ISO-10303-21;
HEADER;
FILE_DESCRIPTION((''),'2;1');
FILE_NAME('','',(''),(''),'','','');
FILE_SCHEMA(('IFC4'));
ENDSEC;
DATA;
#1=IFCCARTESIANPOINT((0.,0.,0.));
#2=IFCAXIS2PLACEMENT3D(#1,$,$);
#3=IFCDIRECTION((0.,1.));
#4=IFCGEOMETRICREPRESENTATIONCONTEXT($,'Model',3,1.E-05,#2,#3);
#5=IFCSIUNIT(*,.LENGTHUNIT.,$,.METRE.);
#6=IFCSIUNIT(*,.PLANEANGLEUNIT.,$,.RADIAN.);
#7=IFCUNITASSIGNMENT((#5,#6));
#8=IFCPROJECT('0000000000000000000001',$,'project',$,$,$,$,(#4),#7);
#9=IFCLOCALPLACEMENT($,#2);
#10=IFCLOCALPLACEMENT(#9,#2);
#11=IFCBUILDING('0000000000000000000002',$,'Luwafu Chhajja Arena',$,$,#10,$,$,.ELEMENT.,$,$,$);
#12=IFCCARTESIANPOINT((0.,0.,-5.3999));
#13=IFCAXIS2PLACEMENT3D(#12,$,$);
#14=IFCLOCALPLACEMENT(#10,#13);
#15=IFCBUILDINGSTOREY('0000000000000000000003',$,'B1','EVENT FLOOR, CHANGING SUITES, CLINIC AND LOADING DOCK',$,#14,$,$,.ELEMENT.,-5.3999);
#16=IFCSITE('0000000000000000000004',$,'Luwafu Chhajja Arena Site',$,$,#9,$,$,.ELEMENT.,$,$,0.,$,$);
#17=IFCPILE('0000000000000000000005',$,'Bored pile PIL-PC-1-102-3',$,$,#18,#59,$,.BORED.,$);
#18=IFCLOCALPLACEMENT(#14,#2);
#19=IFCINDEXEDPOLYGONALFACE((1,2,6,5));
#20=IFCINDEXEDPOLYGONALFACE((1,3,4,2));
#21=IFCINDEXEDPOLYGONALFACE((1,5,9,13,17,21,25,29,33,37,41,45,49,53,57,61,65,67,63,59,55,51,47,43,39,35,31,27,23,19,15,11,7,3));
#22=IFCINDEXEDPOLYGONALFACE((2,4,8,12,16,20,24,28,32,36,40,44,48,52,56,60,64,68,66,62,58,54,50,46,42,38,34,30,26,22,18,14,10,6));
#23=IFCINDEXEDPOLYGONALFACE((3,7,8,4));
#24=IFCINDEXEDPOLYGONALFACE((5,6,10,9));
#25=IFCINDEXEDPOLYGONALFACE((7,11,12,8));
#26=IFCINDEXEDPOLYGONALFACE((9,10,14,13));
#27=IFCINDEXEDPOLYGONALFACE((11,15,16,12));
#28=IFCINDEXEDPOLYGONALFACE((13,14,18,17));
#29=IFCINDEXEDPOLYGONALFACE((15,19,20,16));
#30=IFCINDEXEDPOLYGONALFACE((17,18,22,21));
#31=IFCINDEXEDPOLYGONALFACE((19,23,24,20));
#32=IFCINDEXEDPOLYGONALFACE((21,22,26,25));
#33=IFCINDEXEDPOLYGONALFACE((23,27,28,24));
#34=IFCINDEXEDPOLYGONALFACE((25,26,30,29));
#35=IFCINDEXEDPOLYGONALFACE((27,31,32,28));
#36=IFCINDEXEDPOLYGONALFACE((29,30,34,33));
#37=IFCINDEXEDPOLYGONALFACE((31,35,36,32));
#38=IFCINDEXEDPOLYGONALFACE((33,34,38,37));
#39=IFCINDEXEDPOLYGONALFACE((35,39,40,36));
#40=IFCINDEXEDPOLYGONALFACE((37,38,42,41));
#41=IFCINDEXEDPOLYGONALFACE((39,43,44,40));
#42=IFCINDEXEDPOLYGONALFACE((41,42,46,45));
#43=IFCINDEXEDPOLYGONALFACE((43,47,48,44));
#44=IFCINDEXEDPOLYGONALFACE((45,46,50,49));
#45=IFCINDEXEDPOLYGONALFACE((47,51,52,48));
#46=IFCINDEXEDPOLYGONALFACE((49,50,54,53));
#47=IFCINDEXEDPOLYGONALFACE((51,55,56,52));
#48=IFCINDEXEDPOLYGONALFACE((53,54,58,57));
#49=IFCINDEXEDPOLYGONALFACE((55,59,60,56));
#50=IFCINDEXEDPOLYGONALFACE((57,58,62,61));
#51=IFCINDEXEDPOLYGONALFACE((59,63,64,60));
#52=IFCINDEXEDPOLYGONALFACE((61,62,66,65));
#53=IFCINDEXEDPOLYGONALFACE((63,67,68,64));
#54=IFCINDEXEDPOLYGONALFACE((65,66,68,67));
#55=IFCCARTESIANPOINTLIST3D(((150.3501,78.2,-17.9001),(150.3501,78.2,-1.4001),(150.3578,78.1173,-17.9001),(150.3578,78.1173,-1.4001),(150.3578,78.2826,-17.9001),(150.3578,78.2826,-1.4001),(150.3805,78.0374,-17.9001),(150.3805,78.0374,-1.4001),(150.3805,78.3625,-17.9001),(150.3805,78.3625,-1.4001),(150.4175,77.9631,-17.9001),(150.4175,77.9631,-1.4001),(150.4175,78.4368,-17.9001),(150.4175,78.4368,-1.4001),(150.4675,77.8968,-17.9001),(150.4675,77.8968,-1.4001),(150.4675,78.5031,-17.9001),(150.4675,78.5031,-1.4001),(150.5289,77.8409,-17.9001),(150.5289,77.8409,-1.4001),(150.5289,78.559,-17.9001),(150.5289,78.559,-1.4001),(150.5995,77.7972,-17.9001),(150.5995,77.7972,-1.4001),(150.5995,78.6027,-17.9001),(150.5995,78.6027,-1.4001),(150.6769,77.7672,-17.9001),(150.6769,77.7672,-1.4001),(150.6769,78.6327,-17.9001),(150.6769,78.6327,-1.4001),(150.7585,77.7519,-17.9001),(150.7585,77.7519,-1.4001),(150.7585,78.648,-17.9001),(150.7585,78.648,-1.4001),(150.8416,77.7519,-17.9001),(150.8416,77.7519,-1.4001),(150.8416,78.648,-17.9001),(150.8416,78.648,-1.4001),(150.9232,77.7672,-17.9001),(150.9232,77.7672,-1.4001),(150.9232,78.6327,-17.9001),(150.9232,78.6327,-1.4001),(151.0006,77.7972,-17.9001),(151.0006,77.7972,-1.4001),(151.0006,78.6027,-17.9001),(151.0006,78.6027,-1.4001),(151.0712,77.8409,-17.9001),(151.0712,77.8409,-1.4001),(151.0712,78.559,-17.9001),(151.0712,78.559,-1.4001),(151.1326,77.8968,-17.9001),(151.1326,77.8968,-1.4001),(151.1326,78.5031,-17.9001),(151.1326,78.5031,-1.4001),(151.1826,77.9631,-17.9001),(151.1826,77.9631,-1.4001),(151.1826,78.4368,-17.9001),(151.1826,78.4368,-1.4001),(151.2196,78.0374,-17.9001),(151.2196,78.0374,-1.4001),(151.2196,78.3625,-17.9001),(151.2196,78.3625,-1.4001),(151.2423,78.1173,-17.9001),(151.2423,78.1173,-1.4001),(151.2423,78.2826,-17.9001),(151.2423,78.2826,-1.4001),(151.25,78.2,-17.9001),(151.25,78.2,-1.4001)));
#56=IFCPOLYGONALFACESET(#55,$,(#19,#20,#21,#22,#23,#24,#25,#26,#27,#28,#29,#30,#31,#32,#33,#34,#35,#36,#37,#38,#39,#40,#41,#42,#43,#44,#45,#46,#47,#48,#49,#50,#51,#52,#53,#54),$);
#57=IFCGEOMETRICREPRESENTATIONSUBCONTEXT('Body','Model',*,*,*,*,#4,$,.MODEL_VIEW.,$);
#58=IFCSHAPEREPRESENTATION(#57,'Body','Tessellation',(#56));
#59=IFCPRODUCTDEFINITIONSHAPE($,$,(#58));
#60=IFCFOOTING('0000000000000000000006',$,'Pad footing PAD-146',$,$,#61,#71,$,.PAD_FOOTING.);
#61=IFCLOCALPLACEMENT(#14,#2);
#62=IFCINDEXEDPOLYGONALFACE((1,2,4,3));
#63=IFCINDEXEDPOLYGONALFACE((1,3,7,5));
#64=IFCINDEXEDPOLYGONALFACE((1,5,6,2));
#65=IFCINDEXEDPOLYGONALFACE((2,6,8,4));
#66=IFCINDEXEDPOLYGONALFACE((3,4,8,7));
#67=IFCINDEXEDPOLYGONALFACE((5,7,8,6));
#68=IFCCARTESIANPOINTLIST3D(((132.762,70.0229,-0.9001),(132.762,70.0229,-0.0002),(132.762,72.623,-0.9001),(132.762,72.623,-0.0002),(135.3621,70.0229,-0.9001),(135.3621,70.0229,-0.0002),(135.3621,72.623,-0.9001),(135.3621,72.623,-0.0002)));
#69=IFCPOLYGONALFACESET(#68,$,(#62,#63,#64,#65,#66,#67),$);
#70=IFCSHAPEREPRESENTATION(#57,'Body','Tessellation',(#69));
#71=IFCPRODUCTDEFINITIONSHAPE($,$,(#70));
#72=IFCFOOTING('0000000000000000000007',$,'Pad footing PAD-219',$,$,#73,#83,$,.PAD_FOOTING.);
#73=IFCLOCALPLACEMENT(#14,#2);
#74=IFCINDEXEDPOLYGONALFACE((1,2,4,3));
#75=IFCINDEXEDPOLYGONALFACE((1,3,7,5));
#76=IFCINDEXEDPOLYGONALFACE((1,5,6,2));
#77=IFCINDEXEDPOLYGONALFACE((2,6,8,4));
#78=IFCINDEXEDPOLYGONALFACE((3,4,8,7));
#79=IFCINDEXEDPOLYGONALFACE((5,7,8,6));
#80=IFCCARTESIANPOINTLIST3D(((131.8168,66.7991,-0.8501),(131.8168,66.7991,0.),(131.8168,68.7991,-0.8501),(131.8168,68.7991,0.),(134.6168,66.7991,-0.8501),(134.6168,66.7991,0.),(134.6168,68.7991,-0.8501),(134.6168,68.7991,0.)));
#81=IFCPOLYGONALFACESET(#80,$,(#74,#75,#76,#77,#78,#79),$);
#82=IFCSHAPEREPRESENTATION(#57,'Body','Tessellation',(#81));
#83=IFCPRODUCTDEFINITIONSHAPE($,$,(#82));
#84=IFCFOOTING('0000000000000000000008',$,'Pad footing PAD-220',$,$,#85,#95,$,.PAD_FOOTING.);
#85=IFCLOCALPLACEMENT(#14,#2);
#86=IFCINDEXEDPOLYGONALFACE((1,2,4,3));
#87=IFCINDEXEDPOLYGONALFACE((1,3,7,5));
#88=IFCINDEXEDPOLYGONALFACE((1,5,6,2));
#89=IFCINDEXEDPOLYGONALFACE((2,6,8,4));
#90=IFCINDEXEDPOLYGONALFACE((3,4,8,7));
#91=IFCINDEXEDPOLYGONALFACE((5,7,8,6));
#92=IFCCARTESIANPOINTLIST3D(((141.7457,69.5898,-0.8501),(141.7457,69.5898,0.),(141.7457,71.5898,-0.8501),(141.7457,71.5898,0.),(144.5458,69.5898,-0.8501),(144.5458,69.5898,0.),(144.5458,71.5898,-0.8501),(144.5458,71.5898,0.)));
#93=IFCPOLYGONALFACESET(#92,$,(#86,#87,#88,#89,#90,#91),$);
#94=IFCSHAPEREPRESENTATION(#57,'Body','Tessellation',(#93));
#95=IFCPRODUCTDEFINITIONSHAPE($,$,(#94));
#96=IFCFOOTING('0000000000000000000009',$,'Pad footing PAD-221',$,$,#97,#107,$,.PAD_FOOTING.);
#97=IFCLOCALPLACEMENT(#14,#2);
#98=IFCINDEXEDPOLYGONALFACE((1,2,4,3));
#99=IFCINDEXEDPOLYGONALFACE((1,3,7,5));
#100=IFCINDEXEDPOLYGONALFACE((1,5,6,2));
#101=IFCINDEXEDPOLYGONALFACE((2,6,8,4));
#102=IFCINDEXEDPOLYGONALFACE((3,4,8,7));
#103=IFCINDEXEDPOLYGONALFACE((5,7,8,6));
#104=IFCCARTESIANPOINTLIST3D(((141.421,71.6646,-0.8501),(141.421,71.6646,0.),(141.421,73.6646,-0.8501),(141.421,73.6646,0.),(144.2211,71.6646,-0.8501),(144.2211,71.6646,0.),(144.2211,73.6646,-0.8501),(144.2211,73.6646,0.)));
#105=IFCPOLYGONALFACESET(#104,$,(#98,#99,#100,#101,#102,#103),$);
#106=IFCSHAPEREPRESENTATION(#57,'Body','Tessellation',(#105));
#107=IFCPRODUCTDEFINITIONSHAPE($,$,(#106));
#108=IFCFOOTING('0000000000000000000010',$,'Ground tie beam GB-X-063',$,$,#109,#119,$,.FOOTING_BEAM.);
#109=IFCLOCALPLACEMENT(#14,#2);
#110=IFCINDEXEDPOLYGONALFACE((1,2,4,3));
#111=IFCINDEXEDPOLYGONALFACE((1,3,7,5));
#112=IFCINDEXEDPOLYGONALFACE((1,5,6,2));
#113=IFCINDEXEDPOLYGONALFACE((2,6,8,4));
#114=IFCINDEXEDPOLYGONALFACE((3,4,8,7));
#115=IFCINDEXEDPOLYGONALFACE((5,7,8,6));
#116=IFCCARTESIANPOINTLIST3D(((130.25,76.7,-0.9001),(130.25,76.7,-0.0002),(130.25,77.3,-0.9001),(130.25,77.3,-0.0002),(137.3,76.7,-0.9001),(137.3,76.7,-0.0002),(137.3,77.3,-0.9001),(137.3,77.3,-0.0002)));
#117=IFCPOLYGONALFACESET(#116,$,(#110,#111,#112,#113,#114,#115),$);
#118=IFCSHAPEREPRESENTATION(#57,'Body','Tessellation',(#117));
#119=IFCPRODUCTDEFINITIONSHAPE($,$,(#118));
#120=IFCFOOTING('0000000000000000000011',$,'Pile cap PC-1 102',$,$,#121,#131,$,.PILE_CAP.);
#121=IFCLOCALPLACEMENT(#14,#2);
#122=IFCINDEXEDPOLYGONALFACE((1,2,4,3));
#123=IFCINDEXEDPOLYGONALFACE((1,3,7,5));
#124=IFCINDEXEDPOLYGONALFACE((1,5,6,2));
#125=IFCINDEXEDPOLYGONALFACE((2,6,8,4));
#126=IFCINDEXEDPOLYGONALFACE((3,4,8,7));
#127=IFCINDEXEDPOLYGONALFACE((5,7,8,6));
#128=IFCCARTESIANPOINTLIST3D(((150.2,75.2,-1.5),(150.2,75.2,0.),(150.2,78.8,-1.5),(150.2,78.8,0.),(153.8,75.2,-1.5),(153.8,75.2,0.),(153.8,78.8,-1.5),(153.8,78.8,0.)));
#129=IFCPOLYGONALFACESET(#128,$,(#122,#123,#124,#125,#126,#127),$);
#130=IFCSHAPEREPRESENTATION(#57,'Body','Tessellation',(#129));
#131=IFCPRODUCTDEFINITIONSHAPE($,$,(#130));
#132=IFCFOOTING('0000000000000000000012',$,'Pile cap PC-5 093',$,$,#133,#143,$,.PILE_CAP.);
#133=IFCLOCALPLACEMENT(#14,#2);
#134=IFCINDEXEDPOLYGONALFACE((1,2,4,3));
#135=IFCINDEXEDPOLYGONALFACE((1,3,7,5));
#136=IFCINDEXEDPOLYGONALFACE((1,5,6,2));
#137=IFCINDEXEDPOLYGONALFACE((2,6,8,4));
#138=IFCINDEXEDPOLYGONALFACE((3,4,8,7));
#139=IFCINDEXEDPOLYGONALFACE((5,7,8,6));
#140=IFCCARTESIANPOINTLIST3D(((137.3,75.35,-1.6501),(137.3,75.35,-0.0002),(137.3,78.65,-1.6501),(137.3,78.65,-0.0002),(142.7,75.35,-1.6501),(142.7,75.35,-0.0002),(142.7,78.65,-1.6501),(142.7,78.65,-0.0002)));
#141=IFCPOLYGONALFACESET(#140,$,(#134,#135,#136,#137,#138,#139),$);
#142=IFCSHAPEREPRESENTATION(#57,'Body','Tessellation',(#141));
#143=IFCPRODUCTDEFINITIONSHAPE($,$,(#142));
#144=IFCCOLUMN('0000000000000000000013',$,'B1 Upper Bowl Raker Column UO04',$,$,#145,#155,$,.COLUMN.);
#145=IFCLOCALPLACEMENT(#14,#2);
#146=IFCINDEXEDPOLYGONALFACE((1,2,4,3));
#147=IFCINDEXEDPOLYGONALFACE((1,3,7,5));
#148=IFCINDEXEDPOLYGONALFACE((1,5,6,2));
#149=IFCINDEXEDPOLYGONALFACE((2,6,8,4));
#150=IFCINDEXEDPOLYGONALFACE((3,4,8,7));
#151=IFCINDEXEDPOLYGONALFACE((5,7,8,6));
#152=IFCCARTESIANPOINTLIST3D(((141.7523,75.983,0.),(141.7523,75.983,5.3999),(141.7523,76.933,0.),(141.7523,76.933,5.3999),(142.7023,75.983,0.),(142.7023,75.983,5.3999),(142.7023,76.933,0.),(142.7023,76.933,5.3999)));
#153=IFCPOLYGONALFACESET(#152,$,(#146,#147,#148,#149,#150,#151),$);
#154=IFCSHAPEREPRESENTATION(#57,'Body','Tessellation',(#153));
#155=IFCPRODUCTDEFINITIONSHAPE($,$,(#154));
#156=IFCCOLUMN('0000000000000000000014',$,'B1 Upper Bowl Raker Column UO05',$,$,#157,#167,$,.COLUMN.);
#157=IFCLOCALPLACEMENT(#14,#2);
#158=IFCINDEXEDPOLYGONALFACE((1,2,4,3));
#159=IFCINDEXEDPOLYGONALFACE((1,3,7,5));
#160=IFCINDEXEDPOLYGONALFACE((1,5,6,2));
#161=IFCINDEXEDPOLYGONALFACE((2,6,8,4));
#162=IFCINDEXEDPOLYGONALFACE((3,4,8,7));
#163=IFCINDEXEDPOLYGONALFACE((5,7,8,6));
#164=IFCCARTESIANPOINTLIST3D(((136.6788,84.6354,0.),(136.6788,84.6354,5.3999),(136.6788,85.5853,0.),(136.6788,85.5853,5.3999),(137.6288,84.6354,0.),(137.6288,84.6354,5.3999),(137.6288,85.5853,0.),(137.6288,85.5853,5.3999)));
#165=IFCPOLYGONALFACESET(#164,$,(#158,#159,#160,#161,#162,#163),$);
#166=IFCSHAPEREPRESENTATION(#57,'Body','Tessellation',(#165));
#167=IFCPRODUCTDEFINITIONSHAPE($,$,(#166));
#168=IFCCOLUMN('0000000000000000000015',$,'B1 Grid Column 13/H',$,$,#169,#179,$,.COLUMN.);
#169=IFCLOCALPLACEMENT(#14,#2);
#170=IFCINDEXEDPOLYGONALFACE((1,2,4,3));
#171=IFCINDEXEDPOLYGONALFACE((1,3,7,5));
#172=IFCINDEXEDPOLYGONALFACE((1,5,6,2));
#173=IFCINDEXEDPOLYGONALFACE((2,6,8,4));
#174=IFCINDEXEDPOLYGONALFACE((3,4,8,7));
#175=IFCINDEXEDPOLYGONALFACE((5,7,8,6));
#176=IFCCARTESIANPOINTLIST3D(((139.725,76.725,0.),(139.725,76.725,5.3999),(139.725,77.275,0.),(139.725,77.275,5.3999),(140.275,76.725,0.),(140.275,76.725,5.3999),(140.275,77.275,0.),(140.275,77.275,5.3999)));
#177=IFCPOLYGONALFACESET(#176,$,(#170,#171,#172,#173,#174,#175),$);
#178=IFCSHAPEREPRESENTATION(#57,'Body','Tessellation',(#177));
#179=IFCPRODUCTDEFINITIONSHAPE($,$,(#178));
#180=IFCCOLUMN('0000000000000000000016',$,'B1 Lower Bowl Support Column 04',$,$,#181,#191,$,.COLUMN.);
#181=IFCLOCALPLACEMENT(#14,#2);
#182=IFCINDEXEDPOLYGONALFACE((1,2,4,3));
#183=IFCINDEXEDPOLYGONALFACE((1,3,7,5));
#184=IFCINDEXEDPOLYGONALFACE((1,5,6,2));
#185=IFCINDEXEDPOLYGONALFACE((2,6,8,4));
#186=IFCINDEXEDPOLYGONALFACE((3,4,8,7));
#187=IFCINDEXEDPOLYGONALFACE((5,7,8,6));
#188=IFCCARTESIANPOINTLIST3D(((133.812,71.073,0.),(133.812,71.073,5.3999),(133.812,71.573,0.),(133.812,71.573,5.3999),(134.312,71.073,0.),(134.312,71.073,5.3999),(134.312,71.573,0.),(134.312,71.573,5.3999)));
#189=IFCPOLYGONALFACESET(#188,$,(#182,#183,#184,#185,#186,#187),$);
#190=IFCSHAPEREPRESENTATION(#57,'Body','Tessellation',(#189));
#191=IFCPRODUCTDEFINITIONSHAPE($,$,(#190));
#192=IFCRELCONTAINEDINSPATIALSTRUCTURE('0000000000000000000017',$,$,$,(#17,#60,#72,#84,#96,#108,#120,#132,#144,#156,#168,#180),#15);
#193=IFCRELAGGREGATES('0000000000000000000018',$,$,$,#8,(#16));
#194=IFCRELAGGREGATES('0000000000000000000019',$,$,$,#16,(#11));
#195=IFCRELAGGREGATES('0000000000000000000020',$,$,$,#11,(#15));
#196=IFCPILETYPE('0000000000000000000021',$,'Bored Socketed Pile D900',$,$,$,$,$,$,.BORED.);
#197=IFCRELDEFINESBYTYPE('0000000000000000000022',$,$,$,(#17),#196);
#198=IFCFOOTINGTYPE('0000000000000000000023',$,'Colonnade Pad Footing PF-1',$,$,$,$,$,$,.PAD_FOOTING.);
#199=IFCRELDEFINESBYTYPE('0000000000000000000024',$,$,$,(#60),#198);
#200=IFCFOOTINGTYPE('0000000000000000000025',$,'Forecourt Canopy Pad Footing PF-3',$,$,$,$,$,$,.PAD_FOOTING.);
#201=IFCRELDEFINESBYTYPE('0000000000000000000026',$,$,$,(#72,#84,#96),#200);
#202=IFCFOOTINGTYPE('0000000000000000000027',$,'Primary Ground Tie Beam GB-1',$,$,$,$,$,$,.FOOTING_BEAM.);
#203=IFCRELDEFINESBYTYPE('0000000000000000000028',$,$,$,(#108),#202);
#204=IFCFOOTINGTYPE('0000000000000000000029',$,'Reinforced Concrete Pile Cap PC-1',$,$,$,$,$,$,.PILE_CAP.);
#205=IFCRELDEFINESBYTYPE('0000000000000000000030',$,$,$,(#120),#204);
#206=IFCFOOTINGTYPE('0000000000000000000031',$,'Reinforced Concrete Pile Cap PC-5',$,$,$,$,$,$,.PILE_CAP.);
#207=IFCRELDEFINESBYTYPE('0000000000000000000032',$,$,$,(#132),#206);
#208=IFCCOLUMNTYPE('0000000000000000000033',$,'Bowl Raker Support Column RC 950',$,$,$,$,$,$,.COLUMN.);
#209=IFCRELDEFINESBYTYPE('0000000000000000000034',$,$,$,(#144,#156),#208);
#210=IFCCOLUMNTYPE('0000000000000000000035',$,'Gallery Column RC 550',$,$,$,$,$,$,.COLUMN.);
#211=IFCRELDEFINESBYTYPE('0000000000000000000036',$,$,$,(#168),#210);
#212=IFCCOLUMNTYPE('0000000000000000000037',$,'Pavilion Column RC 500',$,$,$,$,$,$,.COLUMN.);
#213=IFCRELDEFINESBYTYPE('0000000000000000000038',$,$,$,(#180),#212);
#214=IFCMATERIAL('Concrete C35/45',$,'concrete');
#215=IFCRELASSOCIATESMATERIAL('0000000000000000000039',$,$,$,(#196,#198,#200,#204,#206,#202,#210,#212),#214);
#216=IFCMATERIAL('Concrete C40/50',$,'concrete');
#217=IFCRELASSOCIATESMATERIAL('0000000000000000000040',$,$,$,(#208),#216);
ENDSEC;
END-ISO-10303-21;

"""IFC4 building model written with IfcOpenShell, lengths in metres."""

from ifc_helpers import new_model, si_unit, direction, frame, origin, origin_2d, place, context, subcontext, project, spatial, rectangle, circle, extrude, material, material_profile, profile_set, type_object, element, save


model = new_model("IFC4")

# Units and contexts
model_context = context("Model", 3, precision=1e-05, world=origin(), true_north=direction((0.0, 1.0)))
body_context = subcontext(model_context, "Body", "Model", "MODEL_VIEW")
ifc_project = project(units=[si_unit("LENGTHUNIT", "METRE"), si_unit("PLANEANGLEUNIT", "RADIAN")], contexts=[model_context])

# Site, building, storey
site_placement = place(None, origin())
site = spatial("IfcSite", under=ifc_project, at=site_placement, Name="Luwafu Chhajja Arena Site", CompositionType="ELEMENT", RefElevation=0.0)
building_placement = place(site_placement, origin())
building = spatial("IfcBuilding", under=site, at=building_placement, Name="Luwafu Chhajja Arena", CompositionType="ELEMENT")
storey_placement = place(building_placement, frame((0.0, 0.0, -5.3999)))
storey = spatial("IfcBuildingStorey", under=building, at=storey_placement, Name="B1", Description="EVENT FLOOR, CHANGING SUITES, CLINIC AND LOADING DOCK", CompositionType="ELEMENT", Elevation=-5.3999)

# Pile
ifc_material_1 = material(Name="Concrete C35/45", Category="concrete")
ifc_material_profile_1 = material_profile(ifc_material_1, circle(Radius=0.45, at=origin_2d()), Name="PILE D900")
ifc_profile_set_1 = profile_set([ifc_material_profile_1], Name="Concrete C35/45")
pile_type_1 = type_object("IfcPileType", Name="Bored Socketed Pile D900", PredefinedType="BORED", material=ifc_profile_set_1)
for number, where, z_axis, x_axis, name in (
    (1, (150.8, 78.2, -1.4001), (0.0, 0.0, -1.0), (1.0, 0.0, 0.0), "Bored pile PIL-PC-1-102-3"),
):
    element("IfcPile", number, at=place(storey_placement, frame(where, z_axis=z_axis, x_axis=x_axis)), inside=storey, type_object=pile_type_1, Name=name, PredefinedType="BORED", context=body_context, shape_type="SweptSolid", body=[
        extrude(circle(Radius=0.45, at=origin_2d()), origin(), (0.0, 0.0, 1.0), 16.5),
    ])

# Footings
footing_type_1 = type_object("IfcFootingType", Name="Colonnade Pad Footing PF-1", PredefinedType="PAD_FOOTING", material=ifc_material_1)
footing_1_placement = place(storey_placement, frame((134.062, 71.323, -0.9001), z_axis=(0.0, 0.0, 1.0), x_axis=(1.0, 0.0, 0.0)))
element("IfcFooting", 2, at=footing_1_placement, inside=storey, type_object=footing_type_1, Name="Pad footing PAD-146", PredefinedType="PAD_FOOTING", context=body_context, shape_type="SweptSolid", body=[
    extrude(rectangle(XDim=2.6001, YDim=2.6001, at=origin_2d()), origin(), (0.0, 0.0, 1.0), 0.8999),
])
footing_type_2 = type_object("IfcFootingType", Name="Forecourt Canopy Pad Footing PF-3", PredefinedType="PAD_FOOTING", material=ifc_material_1)
for number, where, z_axis, x_axis, name in (
    (3, (133.2168, 67.7991, -0.8501), (0.0, 0.0, 1.0), (1.0, 0.0, 0.0), "Pad footing PAD-219"),
    (4, (143.1458, 70.5898, -0.8501), (0.0, 0.0, 1.0), (1.0, 0.0, 0.0), "Pad footing PAD-220"),
    (5, (142.821, 72.6646, -0.8501), (0.0, 0.0, 1.0), (1.0, 0.0, 0.0), "Pad footing PAD-221"),
):
    element("IfcFooting", number, at=place(storey_placement, frame(where, z_axis=z_axis, x_axis=x_axis)), inside=storey, type_object=footing_type_2, Name=name, PredefinedType="PAD_FOOTING", context=body_context, shape_type="SweptSolid", body=[
        extrude(rectangle(XDim=2.8, YDim=2.0, at=origin_2d()), origin(), (0.0, 0.0, 1.0), 0.8501),
    ])
ifc_material_profile_2 = material_profile(ifc_material_1, rectangle(XDim=0.6001, YDim=0.8999, at=origin_2d()), Name="RC 600x900")
ifc_profile_set_2 = profile_set([ifc_material_profile_2], Name="Concrete C35/45")
footing_type_3 = type_object("IfcFootingType", Name="Primary Ground Tie Beam GB-1", PredefinedType="FOOTING_BEAM", material=ifc_profile_set_2)
footing_2_placement = place(storey_placement, frame((130.25, 77.0, -0.4502), z_axis=(1.0, 0.0, 0.0), x_axis=(0.0, 1.0, 0.0)))
element("IfcFooting", 6, at=footing_2_placement, inside=storey, type_object=footing_type_3, Name="Ground tie beam GB-X-063", PredefinedType="FOOTING_BEAM", context=body_context, shape_type="SweptSolid", body=[
    extrude(rectangle(XDim=0.6001, YDim=0.8999, at=origin_2d()), origin(), (0.0, 0.0, 1.0), 7.05),
])
footing_type_4 = type_object("IfcFootingType", Name="Reinforced Concrete Pile Cap PC-1", PredefinedType="PILE_CAP", material=ifc_material_1)
footing_3_placement = place(storey_placement, frame((152.0, 77.0, -1.5), z_axis=(0.0, 0.0, 1.0), x_axis=(1.0, 0.0, 0.0)))
element("IfcFooting", 7, at=footing_3_placement, inside=storey, type_object=footing_type_4, Name="Pile cap PC-1 102", PredefinedType="PILE_CAP", context=body_context, shape_type="SweptSolid", body=[
    extrude(rectangle(XDim=3.6001, YDim=3.6001, at=origin_2d()), origin(), (0.0, 0.0, 1.0), 1.5),
])
footing_type_5 = type_object("IfcFootingType", Name="Reinforced Concrete Pile Cap PC-5", PredefinedType="PILE_CAP", material=ifc_material_1)
footing_4_placement = place(storey_placement, frame((140.0, 77.0, -1.6501), z_axis=(0.0, 0.0, 1.0), x_axis=(1.0, 0.0, 0.0)))
element("IfcFooting", 8, at=footing_4_placement, inside=storey, type_object=footing_type_5, Name="Pile cap PC-5 093", PredefinedType="PILE_CAP", context=body_context, shape_type="SweptSolid", body=[
    extrude(rectangle(XDim=5.3999, YDim=3.3, at=origin_2d()), origin(), (0.0, 0.0, 1.0), 1.6499),
])

# Columns
ifc_material_2 = material(Name="Concrete C40/50", Category="concrete")
ifc_material_profile_3 = material_profile(ifc_material_2, rectangle(XDim=0.95, YDim=0.95, at=origin_2d()), Name="RC 950x950")
ifc_profile_set_3 = profile_set([ifc_material_profile_3], Name="Concrete C40/50")
column_type_1 = type_object("IfcColumnType", Name="Bowl Raker Support Column RC 950", PredefinedType="COLUMN", material=ifc_profile_set_3)
for number, where, z_axis, x_axis, name in (
    (9, (142.2273, 76.458, 0.0), (0.0, 0.0, 1.0), (1.0, 0.0, 0.0), "B1 Upper Bowl Raker Column UO04"),
    (10, (137.1538, 85.1104, 0.0), (0.0, 0.0, 1.0), (1.0, 0.0, 0.0), "B1 Upper Bowl Raker Column UO05"),
):
    element("IfcColumn", number, at=place(storey_placement, frame(where, z_axis=z_axis, x_axis=x_axis)), inside=storey, type_object=column_type_1, Name=name, PredefinedType="COLUMN", context=body_context, shape_type="SweptSolid", body=[
        extrude(rectangle(XDim=0.95, YDim=0.95, at=origin_2d()), origin(), (0.0, 0.0, 1.0), 5.3999),
    ])
ifc_material_profile_4 = material_profile(ifc_material_1, rectangle(XDim=0.55, YDim=0.55, at=origin_2d()), Name="RC 550x550")
ifc_profile_set_4 = profile_set([ifc_material_profile_4], Name="Concrete C35/45")
column_type_2 = type_object("IfcColumnType", Name="Gallery Column RC 550", PredefinedType="COLUMN", material=ifc_profile_set_4)
column_1_placement = place(storey_placement, frame((140.0, 77.0, 0.0), z_axis=(0.0, 0.0, 1.0), x_axis=(1.0, 0.0, 0.0)))
element("IfcColumn", 11, at=column_1_placement, inside=storey, type_object=column_type_2, Name="B1 Grid Column 13/H", PredefinedType="COLUMN", context=body_context, shape_type="SweptSolid", body=[
    extrude(rectangle(XDim=0.55, YDim=0.55, at=origin_2d()), origin(), (0.0, 0.0, 1.0), 5.3999),
])
ifc_material_profile_5 = material_profile(ifc_material_1, rectangle(XDim=0.5, YDim=0.5, at=origin_2d()), Name="RC 500x500")
ifc_profile_set_5 = profile_set([ifc_material_profile_5], Name="Concrete C35/45")
column_type_3 = type_object("IfcColumnType", Name="Pavilion Column RC 500", PredefinedType="COLUMN", material=ifc_profile_set_5)
for number, where, z_axis, x_axis, name in (
    (12, (134.062, 71.323, 0.0), (0.0, 0.0, 1.0), (1.0, 0.0, 0.0), "B1 Lower Bowl Support Column 04"),
):
    element("IfcColumn", number, at=place(storey_placement, frame(where, z_axis=z_axis, x_axis=x_axis)), inside=storey, type_object=column_type_3, Name=name, PredefinedType="COLUMN", context=body_context, shape_type="SweptSolid", body=[
        extrude(rectangle(XDim=0.5, YDim=0.5, at=origin_2d()), origin(), (0.0, 0.0, 1.0), 5.3999),
    ])

save(model, "model.ifc")
